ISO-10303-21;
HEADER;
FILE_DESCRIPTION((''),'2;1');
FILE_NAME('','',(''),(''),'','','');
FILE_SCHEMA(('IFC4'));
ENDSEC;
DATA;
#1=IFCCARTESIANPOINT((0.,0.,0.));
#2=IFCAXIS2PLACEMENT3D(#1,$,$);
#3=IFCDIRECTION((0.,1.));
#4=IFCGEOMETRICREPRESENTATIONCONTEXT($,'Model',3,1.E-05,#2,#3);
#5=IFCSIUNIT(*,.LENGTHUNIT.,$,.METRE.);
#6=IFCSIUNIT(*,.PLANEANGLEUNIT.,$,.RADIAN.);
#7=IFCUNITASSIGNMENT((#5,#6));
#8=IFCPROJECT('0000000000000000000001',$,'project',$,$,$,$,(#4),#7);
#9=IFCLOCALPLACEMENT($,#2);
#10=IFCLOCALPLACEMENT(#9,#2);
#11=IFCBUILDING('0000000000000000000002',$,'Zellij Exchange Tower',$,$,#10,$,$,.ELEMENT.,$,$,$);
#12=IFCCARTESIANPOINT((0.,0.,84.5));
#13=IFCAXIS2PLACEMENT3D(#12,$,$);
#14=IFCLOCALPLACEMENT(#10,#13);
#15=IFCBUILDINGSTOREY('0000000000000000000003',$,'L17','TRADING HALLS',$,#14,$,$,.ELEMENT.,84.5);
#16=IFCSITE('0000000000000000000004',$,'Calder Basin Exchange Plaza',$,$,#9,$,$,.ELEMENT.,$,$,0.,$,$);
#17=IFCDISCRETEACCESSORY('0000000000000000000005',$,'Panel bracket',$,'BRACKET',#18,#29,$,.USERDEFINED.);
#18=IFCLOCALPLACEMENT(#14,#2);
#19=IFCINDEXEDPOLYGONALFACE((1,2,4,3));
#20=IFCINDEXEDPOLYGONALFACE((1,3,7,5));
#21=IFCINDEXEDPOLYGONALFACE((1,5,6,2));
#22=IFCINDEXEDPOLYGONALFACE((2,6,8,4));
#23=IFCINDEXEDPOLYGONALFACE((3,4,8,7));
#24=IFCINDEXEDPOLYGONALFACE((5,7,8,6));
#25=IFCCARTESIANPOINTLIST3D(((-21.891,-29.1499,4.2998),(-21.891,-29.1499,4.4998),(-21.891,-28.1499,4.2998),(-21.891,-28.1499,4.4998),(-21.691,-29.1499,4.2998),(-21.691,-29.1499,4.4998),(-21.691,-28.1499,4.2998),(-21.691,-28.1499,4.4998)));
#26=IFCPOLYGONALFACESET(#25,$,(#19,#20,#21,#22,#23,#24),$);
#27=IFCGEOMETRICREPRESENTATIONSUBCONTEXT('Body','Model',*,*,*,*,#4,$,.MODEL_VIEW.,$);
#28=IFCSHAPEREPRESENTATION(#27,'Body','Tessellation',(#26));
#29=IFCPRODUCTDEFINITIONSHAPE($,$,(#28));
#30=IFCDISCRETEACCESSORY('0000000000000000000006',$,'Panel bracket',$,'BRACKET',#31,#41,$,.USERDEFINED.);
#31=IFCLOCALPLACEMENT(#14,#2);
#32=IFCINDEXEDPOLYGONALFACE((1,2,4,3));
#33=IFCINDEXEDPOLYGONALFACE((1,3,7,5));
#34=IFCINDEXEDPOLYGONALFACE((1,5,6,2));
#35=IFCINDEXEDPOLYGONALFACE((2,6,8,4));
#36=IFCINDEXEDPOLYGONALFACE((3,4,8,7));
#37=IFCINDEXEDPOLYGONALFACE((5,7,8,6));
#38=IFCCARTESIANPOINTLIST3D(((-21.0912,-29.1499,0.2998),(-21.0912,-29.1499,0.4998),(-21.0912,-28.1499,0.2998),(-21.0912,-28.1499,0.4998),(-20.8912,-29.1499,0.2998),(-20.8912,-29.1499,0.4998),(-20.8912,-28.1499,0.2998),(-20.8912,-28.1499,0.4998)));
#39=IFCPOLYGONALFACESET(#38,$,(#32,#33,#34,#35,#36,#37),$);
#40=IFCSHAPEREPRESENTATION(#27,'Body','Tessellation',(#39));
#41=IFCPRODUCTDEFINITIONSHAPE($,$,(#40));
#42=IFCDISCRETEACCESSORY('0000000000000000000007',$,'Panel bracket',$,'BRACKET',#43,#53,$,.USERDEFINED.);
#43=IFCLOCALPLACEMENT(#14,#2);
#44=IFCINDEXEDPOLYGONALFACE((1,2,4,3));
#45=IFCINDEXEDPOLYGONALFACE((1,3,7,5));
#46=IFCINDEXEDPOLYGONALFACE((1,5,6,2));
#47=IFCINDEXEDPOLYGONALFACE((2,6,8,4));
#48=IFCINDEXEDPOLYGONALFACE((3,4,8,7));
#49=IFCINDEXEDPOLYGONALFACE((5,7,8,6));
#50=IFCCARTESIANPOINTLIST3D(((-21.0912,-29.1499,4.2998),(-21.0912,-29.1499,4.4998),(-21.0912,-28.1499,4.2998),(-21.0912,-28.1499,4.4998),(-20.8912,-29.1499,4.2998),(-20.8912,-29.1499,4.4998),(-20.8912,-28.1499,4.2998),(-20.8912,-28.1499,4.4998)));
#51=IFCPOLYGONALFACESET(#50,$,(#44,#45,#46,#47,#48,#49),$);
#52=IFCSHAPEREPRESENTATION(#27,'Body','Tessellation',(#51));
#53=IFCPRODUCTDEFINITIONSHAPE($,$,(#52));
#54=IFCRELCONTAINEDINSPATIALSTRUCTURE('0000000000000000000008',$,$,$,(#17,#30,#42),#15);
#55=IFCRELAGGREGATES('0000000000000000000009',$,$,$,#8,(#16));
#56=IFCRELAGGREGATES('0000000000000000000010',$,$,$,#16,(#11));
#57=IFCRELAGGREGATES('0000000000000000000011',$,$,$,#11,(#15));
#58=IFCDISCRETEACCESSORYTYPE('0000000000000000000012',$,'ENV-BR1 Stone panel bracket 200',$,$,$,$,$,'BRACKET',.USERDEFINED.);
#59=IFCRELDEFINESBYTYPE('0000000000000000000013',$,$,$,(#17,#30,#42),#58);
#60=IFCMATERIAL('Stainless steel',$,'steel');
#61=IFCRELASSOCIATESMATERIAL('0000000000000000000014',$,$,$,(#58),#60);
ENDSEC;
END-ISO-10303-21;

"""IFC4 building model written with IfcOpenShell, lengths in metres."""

from ifc_helpers import new_model, si_unit, direction, frame, origin, origin_2d, place, context, subcontext, project, spatial, rectangle, extrude, material, type_object, element, save


model = new_model("IFC4")

# Units and contexts
model_context = context("Model", 3, precision=1e-05, world=origin(), true_north=direction((0.0, 1.0)))
body_context = subcontext(model_context, "Body", "Model", "MODEL_VIEW")
ifc_project = project(units=[si_unit("LENGTHUNIT", "METRE"), si_unit("PLANEANGLEUNIT", "RADIAN")], contexts=[model_context])

# Site, building, storey
site_placement = place(None, origin())
site = spatial("IfcSite", under=ifc_project, at=site_placement, Name="Calder Basin Exchange Plaza", CompositionType="ELEMENT", RefElevation=0.0)
building_placement = place(site_placement, origin())
building = spatial("IfcBuilding", under=site, at=building_placement, Name="Zellij Exchange Tower", CompositionType="ELEMENT")
storey_placement = place(building_placement, frame((0.0, 0.0, 84.5)))
storey = spatial("IfcBuildingStorey", under=building, at=storey_placement, Name="L17", Description="TRADING HALLS", CompositionType="ELEMENT", Elevation=84.5)

# Discrete accessories
ifc_material_1 = material(Name="Stainless steel", Category="steel")
discrete_accessory_type = type_object("IfcDiscreteAccessoryType", Name="ENV-BR1 Stone panel bracket 200", ElementType="BRACKET", PredefinedType="USERDEFINED", material=ifc_material_1)
for number, where, z_axis, x_axis, name in (
    (1, (-21.791, -28.6499, 4.2998), (0.0, 0.0, 1.0), (1.0, 0.0, 0.0), "Panel bracket"),
    (2, (-20.9912, -28.6499, 0.2998), (0.0, 0.0, 1.0), (1.0, 0.0, 0.0), "Panel bracket"),
    (3, (-20.9912, -28.6499, 4.2998), (0.0, 0.0, 1.0), (1.0, 0.0, 0.0), "Panel bracket"),
):
    element("IfcDiscreteAccessory", number, at=place(storey_placement, frame(where, z_axis=z_axis, x_axis=x_axis)), inside=storey, type_object=discrete_accessory_type, Name=name, ObjectType="BRACKET", PredefinedType="USERDEFINED", context=body_context, shape_type="SweptSolid", body=[
        extrude(rectangle(XDim=0.2, YDim=1.0, at=origin_2d()), origin(), (0.0, 0.0, 1.0), 0.2),
    ])

save(model, "model.ifc")
